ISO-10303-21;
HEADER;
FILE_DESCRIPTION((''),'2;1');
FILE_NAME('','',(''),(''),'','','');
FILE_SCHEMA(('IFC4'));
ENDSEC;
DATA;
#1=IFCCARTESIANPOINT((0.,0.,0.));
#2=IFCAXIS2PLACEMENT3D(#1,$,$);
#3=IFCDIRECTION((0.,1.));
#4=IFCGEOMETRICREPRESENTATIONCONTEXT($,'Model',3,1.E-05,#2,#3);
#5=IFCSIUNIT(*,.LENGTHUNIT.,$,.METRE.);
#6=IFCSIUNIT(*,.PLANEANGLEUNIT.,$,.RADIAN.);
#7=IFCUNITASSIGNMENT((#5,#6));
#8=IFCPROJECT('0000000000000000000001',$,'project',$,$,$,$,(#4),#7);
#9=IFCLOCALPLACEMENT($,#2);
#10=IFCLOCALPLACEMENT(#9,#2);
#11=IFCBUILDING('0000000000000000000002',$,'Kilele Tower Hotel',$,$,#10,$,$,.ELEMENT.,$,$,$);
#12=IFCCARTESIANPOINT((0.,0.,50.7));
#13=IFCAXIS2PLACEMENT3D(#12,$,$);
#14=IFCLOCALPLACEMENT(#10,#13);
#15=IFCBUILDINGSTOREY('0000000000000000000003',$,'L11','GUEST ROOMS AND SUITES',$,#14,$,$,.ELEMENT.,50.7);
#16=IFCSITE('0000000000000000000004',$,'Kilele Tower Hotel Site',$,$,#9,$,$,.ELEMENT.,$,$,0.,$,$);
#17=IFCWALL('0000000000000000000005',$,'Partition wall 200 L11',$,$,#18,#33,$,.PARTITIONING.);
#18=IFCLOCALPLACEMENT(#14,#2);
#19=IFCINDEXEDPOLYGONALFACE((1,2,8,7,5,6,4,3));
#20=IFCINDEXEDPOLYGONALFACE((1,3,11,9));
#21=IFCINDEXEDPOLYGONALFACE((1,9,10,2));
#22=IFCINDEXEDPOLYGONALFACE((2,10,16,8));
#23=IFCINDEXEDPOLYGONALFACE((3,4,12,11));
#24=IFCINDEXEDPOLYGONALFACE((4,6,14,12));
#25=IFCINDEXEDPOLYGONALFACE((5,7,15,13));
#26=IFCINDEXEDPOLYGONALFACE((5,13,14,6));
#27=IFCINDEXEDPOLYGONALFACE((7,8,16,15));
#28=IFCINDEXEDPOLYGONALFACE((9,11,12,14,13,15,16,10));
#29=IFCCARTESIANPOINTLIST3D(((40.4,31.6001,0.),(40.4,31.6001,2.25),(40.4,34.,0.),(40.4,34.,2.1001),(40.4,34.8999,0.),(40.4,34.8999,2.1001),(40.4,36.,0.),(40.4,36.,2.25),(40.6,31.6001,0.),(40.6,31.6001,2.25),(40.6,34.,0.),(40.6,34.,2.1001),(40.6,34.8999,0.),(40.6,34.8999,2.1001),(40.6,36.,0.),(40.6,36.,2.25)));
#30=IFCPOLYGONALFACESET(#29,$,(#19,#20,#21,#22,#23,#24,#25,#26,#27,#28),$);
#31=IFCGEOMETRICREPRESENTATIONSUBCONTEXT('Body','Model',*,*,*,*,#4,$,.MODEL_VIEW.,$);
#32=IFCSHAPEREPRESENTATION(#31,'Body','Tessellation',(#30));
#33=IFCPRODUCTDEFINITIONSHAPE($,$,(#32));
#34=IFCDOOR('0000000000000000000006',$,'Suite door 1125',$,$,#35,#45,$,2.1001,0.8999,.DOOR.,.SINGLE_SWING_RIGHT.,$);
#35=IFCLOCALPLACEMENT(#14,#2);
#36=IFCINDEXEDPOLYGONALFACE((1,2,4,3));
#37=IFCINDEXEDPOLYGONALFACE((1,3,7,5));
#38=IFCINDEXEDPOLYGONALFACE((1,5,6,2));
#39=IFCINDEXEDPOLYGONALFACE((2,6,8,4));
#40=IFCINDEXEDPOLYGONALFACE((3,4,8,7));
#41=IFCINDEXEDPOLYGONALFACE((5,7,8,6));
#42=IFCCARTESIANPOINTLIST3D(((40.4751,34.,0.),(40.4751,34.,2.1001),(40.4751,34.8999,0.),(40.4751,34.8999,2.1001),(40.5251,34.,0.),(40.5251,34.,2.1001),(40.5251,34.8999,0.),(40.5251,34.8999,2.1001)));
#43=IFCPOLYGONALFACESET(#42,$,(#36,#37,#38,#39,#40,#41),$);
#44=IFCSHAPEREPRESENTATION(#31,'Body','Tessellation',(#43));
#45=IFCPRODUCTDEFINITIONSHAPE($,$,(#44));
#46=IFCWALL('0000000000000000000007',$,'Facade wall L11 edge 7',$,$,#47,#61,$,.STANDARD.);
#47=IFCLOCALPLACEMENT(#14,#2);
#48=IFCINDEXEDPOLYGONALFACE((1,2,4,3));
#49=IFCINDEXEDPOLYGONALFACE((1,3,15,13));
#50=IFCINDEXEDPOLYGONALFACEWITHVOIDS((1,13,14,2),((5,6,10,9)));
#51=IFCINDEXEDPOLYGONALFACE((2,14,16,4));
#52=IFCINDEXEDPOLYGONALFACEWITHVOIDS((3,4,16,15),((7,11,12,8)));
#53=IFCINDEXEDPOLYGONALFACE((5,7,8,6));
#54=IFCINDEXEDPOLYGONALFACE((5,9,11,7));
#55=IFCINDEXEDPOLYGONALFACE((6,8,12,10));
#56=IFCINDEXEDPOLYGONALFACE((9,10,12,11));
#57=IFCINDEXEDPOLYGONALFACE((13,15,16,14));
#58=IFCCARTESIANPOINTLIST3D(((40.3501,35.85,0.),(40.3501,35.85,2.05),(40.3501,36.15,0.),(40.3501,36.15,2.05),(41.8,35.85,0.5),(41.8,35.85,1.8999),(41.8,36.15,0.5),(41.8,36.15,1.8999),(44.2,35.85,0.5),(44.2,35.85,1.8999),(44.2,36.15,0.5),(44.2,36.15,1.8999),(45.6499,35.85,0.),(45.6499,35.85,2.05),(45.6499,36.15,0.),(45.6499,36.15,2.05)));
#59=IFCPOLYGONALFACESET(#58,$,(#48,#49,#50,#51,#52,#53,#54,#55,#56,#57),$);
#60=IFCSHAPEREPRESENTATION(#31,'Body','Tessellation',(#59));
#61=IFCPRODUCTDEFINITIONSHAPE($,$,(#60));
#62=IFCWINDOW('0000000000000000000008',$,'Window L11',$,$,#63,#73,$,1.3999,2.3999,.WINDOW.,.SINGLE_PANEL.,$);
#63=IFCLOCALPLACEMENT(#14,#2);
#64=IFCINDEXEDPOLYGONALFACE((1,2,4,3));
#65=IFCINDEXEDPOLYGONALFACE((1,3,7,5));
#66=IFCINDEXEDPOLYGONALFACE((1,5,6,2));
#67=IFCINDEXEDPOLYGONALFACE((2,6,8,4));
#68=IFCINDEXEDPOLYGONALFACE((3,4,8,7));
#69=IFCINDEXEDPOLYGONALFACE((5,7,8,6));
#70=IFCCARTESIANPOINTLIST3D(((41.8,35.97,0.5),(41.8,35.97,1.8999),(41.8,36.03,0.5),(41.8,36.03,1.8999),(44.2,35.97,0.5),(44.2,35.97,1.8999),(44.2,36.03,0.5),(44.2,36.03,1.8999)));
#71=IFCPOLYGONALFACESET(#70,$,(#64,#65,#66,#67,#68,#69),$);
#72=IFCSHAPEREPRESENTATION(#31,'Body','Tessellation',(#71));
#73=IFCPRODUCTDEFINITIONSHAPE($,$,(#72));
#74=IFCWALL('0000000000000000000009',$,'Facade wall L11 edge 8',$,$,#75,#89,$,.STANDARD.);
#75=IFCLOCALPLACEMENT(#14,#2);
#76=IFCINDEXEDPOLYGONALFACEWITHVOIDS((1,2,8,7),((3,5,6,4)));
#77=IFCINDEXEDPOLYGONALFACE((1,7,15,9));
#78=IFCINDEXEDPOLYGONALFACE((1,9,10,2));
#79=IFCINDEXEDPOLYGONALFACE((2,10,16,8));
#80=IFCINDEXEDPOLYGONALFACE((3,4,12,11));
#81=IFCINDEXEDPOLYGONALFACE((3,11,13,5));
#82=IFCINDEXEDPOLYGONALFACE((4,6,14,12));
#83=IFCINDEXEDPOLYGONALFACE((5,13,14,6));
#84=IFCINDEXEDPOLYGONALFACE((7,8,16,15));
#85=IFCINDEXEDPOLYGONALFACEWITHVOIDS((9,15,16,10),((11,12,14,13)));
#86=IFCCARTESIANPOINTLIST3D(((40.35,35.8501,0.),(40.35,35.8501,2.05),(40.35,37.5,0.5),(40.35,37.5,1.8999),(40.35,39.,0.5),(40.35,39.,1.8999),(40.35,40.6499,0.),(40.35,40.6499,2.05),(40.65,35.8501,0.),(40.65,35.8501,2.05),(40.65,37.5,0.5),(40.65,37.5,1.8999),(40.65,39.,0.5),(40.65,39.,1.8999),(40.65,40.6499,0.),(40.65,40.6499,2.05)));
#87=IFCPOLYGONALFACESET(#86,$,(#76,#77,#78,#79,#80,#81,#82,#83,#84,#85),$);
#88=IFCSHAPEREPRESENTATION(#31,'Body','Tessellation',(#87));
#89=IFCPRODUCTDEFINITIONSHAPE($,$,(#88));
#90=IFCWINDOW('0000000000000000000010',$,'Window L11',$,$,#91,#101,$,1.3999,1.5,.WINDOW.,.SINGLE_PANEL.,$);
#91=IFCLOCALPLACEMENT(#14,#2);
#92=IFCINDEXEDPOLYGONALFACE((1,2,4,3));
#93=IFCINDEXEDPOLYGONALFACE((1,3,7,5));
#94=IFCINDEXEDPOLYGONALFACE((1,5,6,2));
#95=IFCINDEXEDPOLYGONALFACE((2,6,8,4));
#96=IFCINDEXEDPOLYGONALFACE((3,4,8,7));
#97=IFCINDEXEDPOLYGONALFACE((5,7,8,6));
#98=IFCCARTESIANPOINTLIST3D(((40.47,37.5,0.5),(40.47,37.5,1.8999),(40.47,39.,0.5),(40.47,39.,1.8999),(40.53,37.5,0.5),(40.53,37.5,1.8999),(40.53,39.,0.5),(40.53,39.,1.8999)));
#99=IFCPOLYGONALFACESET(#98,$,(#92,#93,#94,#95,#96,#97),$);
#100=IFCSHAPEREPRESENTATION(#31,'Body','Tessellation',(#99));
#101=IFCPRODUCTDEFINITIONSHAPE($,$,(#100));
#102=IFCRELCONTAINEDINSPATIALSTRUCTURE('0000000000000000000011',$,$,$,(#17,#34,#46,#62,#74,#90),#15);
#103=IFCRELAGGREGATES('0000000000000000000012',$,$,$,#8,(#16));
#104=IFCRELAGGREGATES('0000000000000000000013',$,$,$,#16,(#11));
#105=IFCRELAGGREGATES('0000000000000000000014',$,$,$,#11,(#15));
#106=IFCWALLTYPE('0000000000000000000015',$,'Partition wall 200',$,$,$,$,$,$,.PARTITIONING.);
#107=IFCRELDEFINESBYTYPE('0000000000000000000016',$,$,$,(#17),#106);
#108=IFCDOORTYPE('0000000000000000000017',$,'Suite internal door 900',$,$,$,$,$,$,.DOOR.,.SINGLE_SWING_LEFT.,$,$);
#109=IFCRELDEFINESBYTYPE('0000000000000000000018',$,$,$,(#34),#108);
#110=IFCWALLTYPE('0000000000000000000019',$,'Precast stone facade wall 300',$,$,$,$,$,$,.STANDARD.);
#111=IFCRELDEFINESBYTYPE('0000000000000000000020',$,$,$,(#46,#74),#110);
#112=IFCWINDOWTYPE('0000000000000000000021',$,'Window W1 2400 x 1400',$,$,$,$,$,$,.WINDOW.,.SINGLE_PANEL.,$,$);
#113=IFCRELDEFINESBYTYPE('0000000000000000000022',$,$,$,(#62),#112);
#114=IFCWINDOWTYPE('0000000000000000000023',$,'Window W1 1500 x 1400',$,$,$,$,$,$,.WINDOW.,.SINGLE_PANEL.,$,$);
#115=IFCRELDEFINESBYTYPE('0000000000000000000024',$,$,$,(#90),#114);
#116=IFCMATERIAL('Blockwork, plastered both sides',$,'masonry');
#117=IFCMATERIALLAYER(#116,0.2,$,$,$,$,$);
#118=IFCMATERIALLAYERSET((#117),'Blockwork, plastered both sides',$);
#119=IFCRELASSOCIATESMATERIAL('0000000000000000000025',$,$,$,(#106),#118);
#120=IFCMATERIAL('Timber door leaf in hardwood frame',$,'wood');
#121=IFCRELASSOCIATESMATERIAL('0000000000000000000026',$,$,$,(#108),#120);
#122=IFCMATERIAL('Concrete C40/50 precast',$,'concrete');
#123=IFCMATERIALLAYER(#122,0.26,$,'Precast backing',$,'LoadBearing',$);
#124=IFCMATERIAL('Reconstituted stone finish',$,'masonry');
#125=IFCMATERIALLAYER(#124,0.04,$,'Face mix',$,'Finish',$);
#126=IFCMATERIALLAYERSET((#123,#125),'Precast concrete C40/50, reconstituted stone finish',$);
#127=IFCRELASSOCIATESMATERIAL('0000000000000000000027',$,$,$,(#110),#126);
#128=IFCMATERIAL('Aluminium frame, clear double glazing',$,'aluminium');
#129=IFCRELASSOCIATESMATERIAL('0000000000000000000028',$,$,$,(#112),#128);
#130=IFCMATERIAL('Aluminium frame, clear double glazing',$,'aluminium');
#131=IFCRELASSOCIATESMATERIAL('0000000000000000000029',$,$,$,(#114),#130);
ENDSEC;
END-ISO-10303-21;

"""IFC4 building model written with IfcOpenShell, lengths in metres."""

from ifc_helpers import new_model, si_unit, direction, frame, frame_2d, origin, place, context, subcontext, project, spatial, rectangle, extrude, material, layer, layer_set, type_object, element, fill, save


model = new_model("IFC4")

# Units and contexts
model_context = context("Model", 3, precision=1e-05, world=origin(), true_north=direction((0.0, 1.0)))
body_context = subcontext(model_context, "Body", "Model", "MODEL_VIEW")
ifc_project = project(units=[si_unit("LENGTHUNIT", "METRE"), si_unit("PLANEANGLEUNIT", "RADIAN")], contexts=[model_context])

# Site, building, storey
site_placement = place(None, origin())
site = spatial("IfcSite", under=ifc_project, at=site_placement, Name="Kilele Tower Hotel Site", CompositionType="ELEMENT", RefElevation=0.0)
building_placement = place(site_placement, origin())
building = spatial("IfcBuilding", under=site, at=building_placement, Name="Kilele Tower Hotel", CompositionType="ELEMENT")
storey_placement = place(building_placement, frame((0.0, 0.0, 50.7)))
storey = spatial("IfcBuildingStorey", under=building, at=storey_placement, Name="L11", Description="GUEST ROOMS AND SUITES", CompositionType="ELEMENT", Elevation=50.7)

# Wall, opening, door
ifc_material_1 = material(Name="Blockwork, plastered both sides", Category="masonry")
ifc_layer_1 = layer(ifc_material_1, 0.2)
ifc_layer_set_1 = layer_set([ifc_layer_1], Name="Blockwork, plastered both sides")
wall_type_1 = type_object("IfcWallType", Name="Partition wall 200", PredefinedType="PARTITIONING", material=ifc_layer_set_1)
wall_1_placement = place(storey_placement, frame((40.5, 31.6001, 0.0), z_axis=(0.0, 0.0, 1.0), x_axis=(0.0, 1.0, 0.0)))
wall_1 = element("IfcWall", 1, at=wall_1_placement, inside=storey, type_object=wall_type_1, Name="Partition wall 200 L11", PredefinedType="PARTITIONING", context=body_context, shape_type="SweptSolid", body=[
    extrude(rectangle(XDim=4.3999, YDim=0.2, at=frame_2d((2.2, 0.0))), origin(), (0.0, 0.0, 1.0), 2.25),
])
opening_1_placement = place(wall_1_placement, frame((2.3999, 0.0, 0.0)))
opening_1 = element("IfcOpeningElement", 2, at=opening_1_placement, cuts=wall_1, PredefinedType="OPENING", context=body_context, shape_type="SweptSolid", body=[
    extrude(rectangle(XDim=0.8999, YDim=2.1001, at=frame_2d((0.45, 1.05))), frame((0.0, 0.1099, 0.0), z_axis=(0.0, -1.0, 0.0), x_axis=(1.0, 0.0, 0.0)), (0.0, 0.0, 1.0), 0.22),
])
ifc_material_2 = material(Name="Timber door leaf in hardwood frame", Category="wood")
door_type_1 = type_object("IfcDoorType", Name="Suite internal door 900", OperationType="SINGLE_SWING_LEFT", PredefinedType="DOOR", material=ifc_material_2)
door_1_placement = place(opening_1_placement, origin())
door_1 = element("IfcDoor", 3, at=door_1_placement, inside=storey, type_object=door_type_1, Name="Suite door 1125", OperationType="SINGLE_SWING_RIGHT", OverallHeight=2.1001, OverallWidth=0.8999, PredefinedType="DOOR", context=body_context, shape_type="SweptSolid", body=[
    extrude(rectangle(XDim=0.8999, YDim=2.1001, at=frame_2d((0.45, 1.05))), frame((0.0, 0.0249, 0.0), z_axis=(0.0, -1.0, 0.0), x_axis=(1.0, 0.0, 0.0)), (0.0, 0.0, 1.0), 0.05),
])
fill(opening_1, door_1)

# Walls, openings, windows
ifc_material_3 = material(Name="Concrete C40/50 precast", Category="concrete")
ifc_layer_2 = layer(ifc_material_3, 0.26, Name="Precast backing", Category="LoadBearing")
ifc_material_4 = material(Name="Reconstituted stone finish", Category="masonry")
ifc_layer_3 = layer(ifc_material_4, 0.04, Name="Face mix", Category="Finish")
ifc_layer_set_2 = layer_set([ifc_layer_2, ifc_layer_3], Name="Precast concrete C40/50, reconstituted stone finish")
wall_type_2 = type_object("IfcWallType", Name="Precast stone facade wall 300", PredefinedType="STANDARD", material=ifc_layer_set_2)
wall_2_placement = place(storey_placement, frame((45.6499, 36.0, 0.0), z_axis=(0.0, 0.0, 1.0), x_axis=(-1.0, 0.0, 0.0)))
wall_2 = element("IfcWall", 4, at=wall_2_placement, inside=storey, type_object=wall_type_2, Name="Facade wall L11 edge 7", PredefinedType="STANDARD", context=body_context, shape_type="SweptSolid", body=[
    extrude(rectangle(XDim=5.2998, YDim=0.3, at=frame_2d((2.6499, 0.0))), origin(), (0.0, 0.0, 1.0), 2.05),
])
opening_2_placement = place(wall_2_placement, frame((1.45, 0.0, 0.5)))
opening_2 = element("IfcOpeningElement", 5, at=opening_2_placement, cuts=wall_2, PredefinedType="OPENING", context=body_context, shape_type="SweptSolid", body=[
    extrude(rectangle(XDim=2.3999, YDim=1.3999, at=frame_2d((1.2, 0.7))), frame((0.0, 0.1599, 0.0), z_axis=(0.0, -1.0, 0.0), x_axis=(1.0, 0.0, 0.0)), (0.0, 0.0, 1.0), 0.3201),
])
ifc_material_5 = material(Name="Aluminium frame, clear double glazing", Category="aluminium")
window_type_1 = type_object("IfcWindowType", Name="Window W1 2400 x 1400", PartitioningType="SINGLE_PANEL", PredefinedType="WINDOW", material=ifc_material_5)
window_1_placement = place(opening_2_placement, origin())
window_1 = element("IfcWindow", 6, at=window_1_placement, inside=storey, type_object=window_type_1, Name="Window L11", OverallHeight=1.3999, OverallWidth=2.3999, PartitioningType="SINGLE_PANEL", PredefinedType="WINDOW", context=body_context, shape_type="SweptSolid", body=[
    extrude(rectangle(XDim=2.3999, YDim=1.3999, at=frame_2d((1.2, 0.7))), frame((0.0, 0.03, 0.0), z_axis=(0.0, -1.0, 0.0), x_axis=(1.0, 0.0, 0.0)), (0.0, 0.0, 1.0), 0.0601),
])
fill(opening_2, window_1)
wall_3_placement = place(storey_placement, frame((40.5, 35.8501, 0.0), z_axis=(0.0, 0.0, 1.0), x_axis=(0.0, 1.0, 0.0)))
wall_3 = element("IfcWall", 7, at=wall_3_placement, inside=storey, type_object=wall_type_2, Name="Facade wall L11 edge 8", PredefinedType="STANDARD", context=body_context, shape_type="SweptSolid", body=[
    extrude(rectangle(XDim=4.7998, YDim=0.3, at=frame_2d((2.3999, 0.0))), origin(), (0.0, 0.0, 1.0), 2.05),
])
opening_3_placement = place(wall_3_placement, frame((1.6499, 0.0, 0.5)))
opening_3 = element("IfcOpeningElement", 8, at=opening_3_placement, cuts=wall_3, PredefinedType="OPENING", context=body_context, shape_type="SweptSolid", body=[
    extrude(rectangle(XDim=1.5, YDim=1.3999, at=frame_2d((0.75, 0.7))), frame((0.0, 0.1599, 0.0), z_axis=(0.0, -1.0, 0.0), x_axis=(1.0, 0.0, 0.0)), (0.0, 0.0, 1.0), 0.3201),
])
ifc_material_6 = material(Name="Aluminium frame, clear double glazing", Category="aluminium")
window_type_2 = type_object("IfcWindowType", Name="Window W1 1500 x 1400", PartitioningType="SINGLE_PANEL", PredefinedType="WINDOW", material=ifc_material_6)
window_2_placement = place(opening_3_placement, origin())
window_2 = element("IfcWindow", 9, at=window_2_placement, inside=storey, type_object=window_type_2, Name="Window L11", OverallHeight=1.3999, OverallWidth=1.5, PartitioningType="SINGLE_PANEL", PredefinedType="WINDOW", context=body_context, shape_type="SweptSolid", body=[
    extrude(rectangle(XDim=1.5, YDim=1.3999, at=frame_2d((0.75, 0.7))), frame((0.0, 0.03, 0.0), z_axis=(0.0, -1.0, 0.0), x_axis=(1.0, 0.0, 0.0)), (0.0, 0.0, 1.0), 0.0601),
])
fill(opening_3, window_2)

save(model, "model.ifc")
